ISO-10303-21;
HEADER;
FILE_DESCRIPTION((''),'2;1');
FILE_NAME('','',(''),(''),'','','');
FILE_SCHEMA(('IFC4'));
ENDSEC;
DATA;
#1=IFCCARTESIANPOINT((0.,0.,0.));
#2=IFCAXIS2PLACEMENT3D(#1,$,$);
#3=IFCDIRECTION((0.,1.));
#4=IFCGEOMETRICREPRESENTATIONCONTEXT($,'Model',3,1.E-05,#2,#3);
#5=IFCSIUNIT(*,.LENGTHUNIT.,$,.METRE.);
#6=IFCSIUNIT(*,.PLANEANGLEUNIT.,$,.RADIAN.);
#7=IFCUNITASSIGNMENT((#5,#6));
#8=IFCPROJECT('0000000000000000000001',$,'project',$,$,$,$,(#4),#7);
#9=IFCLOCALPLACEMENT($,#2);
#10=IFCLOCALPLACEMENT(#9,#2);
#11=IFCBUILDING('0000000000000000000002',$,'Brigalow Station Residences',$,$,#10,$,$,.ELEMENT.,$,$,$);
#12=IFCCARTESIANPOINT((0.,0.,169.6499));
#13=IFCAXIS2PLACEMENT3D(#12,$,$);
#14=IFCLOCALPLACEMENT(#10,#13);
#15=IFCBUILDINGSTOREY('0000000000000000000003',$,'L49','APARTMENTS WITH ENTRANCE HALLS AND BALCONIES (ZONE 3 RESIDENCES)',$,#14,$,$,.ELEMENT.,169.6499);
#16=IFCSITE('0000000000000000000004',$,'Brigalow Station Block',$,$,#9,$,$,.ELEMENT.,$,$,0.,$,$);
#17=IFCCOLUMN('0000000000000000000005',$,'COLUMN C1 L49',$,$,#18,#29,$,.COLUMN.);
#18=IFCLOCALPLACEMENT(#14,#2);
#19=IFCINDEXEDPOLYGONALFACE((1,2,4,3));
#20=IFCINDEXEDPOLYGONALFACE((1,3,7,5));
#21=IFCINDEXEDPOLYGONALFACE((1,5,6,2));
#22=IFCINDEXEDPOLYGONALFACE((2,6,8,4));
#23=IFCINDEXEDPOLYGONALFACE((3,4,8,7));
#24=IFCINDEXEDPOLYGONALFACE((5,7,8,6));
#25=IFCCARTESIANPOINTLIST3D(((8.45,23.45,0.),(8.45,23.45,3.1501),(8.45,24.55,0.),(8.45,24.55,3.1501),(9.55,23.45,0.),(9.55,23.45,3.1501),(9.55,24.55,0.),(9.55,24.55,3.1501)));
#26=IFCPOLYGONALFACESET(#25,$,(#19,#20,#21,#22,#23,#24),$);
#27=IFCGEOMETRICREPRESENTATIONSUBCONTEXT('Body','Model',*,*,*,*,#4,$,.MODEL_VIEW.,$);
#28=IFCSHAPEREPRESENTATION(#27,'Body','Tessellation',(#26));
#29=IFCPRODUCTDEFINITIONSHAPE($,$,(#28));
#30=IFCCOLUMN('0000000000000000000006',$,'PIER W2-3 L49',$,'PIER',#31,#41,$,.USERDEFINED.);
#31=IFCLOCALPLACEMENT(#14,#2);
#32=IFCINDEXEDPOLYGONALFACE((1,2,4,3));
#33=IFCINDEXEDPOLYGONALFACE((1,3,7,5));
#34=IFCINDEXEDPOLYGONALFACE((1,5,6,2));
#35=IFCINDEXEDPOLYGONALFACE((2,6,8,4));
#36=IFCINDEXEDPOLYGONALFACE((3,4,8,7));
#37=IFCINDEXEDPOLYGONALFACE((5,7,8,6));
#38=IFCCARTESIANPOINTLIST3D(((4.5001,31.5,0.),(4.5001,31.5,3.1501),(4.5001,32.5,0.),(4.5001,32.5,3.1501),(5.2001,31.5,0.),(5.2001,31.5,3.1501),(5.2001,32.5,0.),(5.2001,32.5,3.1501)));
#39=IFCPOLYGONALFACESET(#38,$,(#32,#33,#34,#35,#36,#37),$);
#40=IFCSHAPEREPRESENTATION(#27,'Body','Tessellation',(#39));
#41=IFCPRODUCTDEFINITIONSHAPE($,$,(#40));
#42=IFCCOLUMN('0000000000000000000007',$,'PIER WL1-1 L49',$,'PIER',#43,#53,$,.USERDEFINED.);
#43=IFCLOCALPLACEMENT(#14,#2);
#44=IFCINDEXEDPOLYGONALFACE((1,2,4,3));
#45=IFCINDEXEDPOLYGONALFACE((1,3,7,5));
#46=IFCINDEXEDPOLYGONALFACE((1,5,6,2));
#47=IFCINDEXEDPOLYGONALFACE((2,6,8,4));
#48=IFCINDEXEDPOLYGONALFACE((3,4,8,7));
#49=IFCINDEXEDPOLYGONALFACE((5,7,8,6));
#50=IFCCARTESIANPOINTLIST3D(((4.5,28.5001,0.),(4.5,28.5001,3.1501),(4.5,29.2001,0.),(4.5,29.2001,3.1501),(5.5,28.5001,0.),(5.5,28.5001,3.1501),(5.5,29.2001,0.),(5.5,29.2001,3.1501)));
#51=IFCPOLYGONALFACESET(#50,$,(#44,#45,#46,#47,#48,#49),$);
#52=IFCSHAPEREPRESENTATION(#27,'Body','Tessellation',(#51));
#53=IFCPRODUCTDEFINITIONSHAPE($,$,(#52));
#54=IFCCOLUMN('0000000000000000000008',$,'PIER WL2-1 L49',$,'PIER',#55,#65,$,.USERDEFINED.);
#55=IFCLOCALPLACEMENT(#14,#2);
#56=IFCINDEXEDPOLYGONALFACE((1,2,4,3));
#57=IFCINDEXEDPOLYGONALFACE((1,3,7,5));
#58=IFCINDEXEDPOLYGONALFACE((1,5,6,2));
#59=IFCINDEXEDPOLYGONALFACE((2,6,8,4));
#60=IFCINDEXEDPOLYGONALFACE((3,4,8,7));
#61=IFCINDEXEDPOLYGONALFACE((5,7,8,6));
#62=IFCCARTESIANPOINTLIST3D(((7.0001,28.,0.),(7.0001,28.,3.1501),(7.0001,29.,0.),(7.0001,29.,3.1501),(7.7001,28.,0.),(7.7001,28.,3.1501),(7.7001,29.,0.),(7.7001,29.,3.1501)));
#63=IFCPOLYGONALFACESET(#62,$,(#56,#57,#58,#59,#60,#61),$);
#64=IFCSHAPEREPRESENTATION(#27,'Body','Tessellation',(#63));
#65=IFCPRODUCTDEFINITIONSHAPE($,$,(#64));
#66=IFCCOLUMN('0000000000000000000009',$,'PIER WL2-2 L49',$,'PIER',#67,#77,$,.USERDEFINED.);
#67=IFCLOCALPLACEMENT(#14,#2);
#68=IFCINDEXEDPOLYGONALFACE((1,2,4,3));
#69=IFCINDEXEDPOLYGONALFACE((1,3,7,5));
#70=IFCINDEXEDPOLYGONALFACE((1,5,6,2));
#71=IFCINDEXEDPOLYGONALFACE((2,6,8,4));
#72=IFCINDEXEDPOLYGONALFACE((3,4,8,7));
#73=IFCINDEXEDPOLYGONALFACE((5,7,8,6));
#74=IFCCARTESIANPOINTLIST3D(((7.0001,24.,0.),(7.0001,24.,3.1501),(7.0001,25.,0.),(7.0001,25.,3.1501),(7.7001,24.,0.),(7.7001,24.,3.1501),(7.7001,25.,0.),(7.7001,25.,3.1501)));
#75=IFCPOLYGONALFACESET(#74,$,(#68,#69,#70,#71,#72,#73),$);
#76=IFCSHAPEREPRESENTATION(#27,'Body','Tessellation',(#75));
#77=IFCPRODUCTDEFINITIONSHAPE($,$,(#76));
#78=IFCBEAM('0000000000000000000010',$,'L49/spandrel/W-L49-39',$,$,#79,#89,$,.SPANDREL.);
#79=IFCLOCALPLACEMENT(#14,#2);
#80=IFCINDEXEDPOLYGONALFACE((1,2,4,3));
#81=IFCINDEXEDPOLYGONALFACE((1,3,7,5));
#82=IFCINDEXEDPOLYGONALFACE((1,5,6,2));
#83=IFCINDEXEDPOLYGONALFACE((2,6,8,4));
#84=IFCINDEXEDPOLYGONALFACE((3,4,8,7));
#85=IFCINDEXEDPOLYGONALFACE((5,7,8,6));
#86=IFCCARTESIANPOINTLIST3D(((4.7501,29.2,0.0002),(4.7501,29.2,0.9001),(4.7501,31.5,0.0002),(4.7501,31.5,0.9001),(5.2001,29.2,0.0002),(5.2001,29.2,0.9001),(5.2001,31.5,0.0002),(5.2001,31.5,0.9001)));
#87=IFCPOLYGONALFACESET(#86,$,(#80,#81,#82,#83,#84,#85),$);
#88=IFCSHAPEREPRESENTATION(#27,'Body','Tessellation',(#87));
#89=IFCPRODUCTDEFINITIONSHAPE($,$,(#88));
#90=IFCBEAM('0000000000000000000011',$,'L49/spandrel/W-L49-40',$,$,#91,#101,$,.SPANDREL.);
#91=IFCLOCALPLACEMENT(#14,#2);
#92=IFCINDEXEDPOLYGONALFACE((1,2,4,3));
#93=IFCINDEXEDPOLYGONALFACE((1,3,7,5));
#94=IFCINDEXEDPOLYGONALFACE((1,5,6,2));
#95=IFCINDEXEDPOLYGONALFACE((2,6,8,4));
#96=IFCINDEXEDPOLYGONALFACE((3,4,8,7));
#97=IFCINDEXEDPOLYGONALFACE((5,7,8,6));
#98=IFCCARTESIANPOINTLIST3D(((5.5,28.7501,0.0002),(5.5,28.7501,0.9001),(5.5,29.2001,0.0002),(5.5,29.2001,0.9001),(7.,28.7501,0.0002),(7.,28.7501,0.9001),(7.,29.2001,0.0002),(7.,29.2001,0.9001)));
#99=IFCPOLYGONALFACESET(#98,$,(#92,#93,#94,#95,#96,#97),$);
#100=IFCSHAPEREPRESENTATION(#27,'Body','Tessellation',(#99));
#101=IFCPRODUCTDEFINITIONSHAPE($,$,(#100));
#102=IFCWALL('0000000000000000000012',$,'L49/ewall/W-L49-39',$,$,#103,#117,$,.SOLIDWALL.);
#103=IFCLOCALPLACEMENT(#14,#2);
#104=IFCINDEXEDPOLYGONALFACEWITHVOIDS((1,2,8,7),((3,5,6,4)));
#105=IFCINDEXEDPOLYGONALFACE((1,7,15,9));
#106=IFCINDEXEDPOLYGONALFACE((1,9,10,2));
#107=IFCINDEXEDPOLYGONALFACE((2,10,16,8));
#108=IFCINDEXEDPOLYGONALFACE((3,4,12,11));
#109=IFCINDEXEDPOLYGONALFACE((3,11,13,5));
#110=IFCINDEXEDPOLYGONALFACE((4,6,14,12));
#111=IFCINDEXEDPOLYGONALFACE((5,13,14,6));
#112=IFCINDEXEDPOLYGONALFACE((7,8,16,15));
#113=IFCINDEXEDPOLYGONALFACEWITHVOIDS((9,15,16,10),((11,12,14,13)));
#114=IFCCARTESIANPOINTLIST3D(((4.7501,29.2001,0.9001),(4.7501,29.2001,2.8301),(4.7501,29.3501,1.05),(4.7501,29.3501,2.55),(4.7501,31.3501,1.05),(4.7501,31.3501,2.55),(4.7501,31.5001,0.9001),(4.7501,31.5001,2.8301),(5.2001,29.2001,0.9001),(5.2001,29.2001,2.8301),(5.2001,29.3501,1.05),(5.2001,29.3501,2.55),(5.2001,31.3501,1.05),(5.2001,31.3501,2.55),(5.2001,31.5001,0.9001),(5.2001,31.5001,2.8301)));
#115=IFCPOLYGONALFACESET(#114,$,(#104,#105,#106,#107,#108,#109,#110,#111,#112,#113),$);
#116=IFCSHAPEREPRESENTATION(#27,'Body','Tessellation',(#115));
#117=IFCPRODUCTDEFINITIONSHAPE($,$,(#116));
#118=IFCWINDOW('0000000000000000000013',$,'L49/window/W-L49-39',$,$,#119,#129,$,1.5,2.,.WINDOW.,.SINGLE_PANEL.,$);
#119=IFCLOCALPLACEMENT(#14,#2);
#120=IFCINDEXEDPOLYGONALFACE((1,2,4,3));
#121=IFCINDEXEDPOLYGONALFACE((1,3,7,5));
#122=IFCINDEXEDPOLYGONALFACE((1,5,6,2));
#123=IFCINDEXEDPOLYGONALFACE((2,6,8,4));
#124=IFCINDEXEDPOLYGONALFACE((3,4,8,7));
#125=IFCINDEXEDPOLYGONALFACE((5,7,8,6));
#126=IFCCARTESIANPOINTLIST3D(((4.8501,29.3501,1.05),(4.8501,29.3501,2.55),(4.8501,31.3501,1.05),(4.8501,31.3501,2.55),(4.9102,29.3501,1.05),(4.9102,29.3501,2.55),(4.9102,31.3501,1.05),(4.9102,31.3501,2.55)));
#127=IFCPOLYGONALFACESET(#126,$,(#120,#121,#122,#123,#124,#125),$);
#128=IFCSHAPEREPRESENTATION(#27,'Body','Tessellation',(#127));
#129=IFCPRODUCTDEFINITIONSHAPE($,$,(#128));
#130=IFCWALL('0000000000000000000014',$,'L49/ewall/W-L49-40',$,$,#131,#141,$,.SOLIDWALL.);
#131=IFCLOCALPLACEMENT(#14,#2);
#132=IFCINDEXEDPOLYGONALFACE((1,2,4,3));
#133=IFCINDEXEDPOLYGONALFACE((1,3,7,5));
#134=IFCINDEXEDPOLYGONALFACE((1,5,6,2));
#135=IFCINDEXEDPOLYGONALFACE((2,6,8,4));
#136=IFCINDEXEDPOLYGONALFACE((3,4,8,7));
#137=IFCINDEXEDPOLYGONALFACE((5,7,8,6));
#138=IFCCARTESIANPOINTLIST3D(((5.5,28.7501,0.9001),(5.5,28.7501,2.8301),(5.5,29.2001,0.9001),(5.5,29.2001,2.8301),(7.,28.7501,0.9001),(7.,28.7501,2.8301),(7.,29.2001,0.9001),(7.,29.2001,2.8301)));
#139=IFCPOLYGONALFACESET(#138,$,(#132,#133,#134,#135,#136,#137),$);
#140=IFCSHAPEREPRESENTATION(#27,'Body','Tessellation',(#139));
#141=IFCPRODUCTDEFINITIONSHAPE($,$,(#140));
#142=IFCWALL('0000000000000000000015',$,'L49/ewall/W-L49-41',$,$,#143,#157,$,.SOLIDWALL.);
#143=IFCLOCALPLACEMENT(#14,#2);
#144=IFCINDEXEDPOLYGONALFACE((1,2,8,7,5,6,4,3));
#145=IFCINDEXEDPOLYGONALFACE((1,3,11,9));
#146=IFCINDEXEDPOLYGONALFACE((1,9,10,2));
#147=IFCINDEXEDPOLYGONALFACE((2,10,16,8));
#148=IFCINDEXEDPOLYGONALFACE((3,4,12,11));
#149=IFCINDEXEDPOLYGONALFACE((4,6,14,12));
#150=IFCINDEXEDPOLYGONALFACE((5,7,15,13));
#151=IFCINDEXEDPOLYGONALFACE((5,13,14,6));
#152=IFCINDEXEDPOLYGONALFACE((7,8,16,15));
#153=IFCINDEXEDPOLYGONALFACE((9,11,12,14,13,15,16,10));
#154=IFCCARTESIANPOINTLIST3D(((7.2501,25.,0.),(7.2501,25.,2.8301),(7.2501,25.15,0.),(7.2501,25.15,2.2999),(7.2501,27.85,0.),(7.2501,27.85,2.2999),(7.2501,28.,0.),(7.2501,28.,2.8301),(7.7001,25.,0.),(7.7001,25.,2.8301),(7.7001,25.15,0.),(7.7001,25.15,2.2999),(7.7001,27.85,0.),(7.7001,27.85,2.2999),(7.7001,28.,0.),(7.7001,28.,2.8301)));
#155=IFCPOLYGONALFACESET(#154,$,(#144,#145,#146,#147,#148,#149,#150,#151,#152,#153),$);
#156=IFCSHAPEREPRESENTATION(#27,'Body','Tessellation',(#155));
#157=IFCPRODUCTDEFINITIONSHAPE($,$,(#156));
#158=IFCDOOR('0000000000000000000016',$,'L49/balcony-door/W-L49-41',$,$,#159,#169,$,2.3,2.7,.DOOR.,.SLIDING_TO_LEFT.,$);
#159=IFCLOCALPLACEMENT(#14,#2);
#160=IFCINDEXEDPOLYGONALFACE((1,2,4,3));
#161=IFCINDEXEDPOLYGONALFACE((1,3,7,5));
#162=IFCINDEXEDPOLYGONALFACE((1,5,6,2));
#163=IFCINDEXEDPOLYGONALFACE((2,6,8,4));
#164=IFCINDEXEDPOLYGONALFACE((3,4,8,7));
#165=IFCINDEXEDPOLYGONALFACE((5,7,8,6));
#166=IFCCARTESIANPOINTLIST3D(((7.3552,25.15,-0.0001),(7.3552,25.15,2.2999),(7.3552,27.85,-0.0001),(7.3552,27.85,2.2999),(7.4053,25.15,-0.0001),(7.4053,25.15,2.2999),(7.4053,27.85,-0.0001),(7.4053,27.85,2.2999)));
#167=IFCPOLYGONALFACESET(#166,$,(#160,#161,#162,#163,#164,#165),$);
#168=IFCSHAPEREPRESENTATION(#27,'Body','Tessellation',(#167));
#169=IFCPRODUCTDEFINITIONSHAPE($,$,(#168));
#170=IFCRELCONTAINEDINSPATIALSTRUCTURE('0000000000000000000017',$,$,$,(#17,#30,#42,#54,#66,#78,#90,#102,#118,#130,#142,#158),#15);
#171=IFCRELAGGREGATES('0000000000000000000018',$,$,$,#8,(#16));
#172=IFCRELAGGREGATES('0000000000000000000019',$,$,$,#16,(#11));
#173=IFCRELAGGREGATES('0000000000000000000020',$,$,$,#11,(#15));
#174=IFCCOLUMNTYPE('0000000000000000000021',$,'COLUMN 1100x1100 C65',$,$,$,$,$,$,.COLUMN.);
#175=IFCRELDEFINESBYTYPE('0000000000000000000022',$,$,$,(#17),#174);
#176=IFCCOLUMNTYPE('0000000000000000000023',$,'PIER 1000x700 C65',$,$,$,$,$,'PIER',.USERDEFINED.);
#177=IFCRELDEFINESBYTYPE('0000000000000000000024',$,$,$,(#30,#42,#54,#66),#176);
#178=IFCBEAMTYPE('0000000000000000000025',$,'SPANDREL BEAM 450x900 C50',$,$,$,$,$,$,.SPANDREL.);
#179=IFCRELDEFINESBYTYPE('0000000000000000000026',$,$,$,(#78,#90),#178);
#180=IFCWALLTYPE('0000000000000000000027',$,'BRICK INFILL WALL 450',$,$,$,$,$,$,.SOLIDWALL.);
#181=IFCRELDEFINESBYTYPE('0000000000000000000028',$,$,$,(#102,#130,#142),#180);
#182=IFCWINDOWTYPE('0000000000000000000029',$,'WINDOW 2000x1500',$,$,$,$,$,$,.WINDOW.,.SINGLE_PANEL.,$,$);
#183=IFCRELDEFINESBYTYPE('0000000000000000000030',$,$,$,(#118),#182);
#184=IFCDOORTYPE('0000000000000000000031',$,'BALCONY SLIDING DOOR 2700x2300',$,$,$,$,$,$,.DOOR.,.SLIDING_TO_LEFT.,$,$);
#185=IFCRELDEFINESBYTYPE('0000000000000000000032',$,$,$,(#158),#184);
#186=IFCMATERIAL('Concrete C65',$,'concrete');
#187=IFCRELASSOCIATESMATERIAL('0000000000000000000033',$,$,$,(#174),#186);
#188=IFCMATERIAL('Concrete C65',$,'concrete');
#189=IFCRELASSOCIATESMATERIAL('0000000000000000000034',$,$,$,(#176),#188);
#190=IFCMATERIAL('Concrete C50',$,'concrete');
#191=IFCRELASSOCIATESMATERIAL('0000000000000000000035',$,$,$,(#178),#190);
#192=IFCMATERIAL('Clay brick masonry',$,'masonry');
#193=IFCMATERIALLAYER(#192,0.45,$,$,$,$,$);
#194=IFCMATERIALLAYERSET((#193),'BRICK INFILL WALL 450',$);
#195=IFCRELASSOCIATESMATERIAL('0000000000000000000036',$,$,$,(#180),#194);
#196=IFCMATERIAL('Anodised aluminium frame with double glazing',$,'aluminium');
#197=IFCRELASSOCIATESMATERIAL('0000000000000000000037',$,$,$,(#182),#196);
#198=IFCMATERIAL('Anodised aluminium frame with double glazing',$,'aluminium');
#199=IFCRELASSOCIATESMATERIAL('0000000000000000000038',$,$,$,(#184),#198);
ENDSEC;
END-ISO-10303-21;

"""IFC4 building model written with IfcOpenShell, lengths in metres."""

from ifc_helpers import new_model, si_unit, direction, frame, frame_2d, origin, origin_2d, place, context, subcontext, project, spatial, rectangle, extrude, material, layer, layer_set, material_profile, profile_set, type_object, element, fill, save


model = new_model("IFC4")

# Units and contexts
model_context = context("Model", 3, precision=1e-05, world=origin(), true_north=direction((0.0, 1.0)))
body_context = subcontext(model_context, "Body", "Model", "MODEL_VIEW")
ifc_project = project(units=[si_unit("LENGTHUNIT", "METRE"), si_unit("PLANEANGLEUNIT", "RADIAN")], contexts=[model_context])

# Site, building, storey
site_placement = place(None, origin())
site = spatial("IfcSite", under=ifc_project, at=site_placement, Name="Brigalow Station Block", CompositionType="ELEMENT", RefElevation=0.0)
building_placement = place(site_placement, origin())
building = spatial("IfcBuilding", under=site, at=building_placement, Name="Brigalow Station Residences", CompositionType="ELEMENT")
storey_placement = place(building_placement, frame((0.0, 0.0, 169.6499)))
storey = spatial("IfcBuildingStorey", under=building, at=storey_placement, Name="L49", Description="APARTMENTS WITH ENTRANCE HALLS AND BALCONIES (ZONE 3 RESIDENCES)", CompositionType="ELEMENT", Elevation=169.6499)

# Columns
ifc_material_1 = material(Name="Concrete C65", Category="concrete")
ifc_material_profile_1 = material_profile(ifc_material_1, rectangle(XDim=1.1001, YDim=1.1001, at=origin_2d()), Name="RC1100x1100")
ifc_profile_set_1 = profile_set([ifc_material_profile_1], Name="Concrete C65")
column_type_1 = type_object("IfcColumnType", Name="COLUMN 1100x1100 C65", PredefinedType="COLUMN", material=ifc_profile_set_1)
column_placement = place(storey_placement, frame((9.0, 24.0, 0.0), z_axis=(0.0, 0.0, 1.0), x_axis=(1.0, 0.0, 0.0)))
element("IfcColumn", 1, at=column_placement, inside=storey, type_object=column_type_1, Name="COLUMN C1 L49", PredefinedType="COLUMN", context=body_context, shape_type="SweptSolid", body=[
    extrude(rectangle(XDim=1.1001, YDim=1.1001, at=origin_2d()), origin(), (0.0, 0.0, 1.0), 3.1501),
])
ifc_material_2 = material(Name="Concrete C65", Category="concrete")
ifc_material_profile_2 = material_profile(ifc_material_2, rectangle(XDim=1.0, YDim=0.7, at=origin_2d()), Name="RC1000x700")
ifc_profile_set_2 = profile_set([ifc_material_profile_2], Name="Concrete C65")
column_type_2 = type_object("IfcColumnType", Name="PIER 1000x700 C65", ElementType="PIER", PredefinedType="USERDEFINED", material=ifc_profile_set_2)
for number, where, z_axis, x_axis, name in (
    (2, (4.8501, 32.0, 0.0), (0.0, 0.0, 1.0), (0.0, -1.0, 0.0), "PIER W2-3 L49"),
    (3, (5.0, 28.8501, 0.0), (0.0, 0.0, 1.0), (1.0, 0.0, 0.0), "PIER WL1-1 L49"),
    (4, (7.3501, 28.5, 0.0), (0.0, 0.0, 1.0), (0.0, -1.0, 0.0), "PIER WL2-1 L49"),
    (5, (7.3501, 24.5, 0.0), (0.0, 0.0, 1.0), (0.0, -1.0, 0.0), "PIER WL2-2 L49"),
):
    element("IfcColumn", number, at=place(storey_placement, frame(where, z_axis=z_axis, x_axis=x_axis)), inside=storey, type_object=column_type_2, Name=name, ObjectType="PIER", PredefinedType="USERDEFINED", context=body_context, shape_type="SweptSolid", body=[
        extrude(rectangle(XDim=1.0, YDim=0.7, at=origin_2d()), origin(), (0.0, 0.0, 1.0), 3.1501),
    ])

# Beams
ifc_material_3 = material(Name="Concrete C50", Category="concrete")
ifc_material_profile_3 = material_profile(ifc_material_3, rectangle(XDim=0.45, YDim=0.8999, at=origin_2d()), Name="RC450x900")
ifc_profile_set_3 = profile_set([ifc_material_profile_3], Name="Concrete C50")
beam_type = type_object("IfcBeamType", Name="SPANDREL BEAM 450x900 C50", PredefinedType="SPANDREL", material=ifc_profile_set_3)
beam_1_placement = place(storey_placement, frame((4.9751, 31.5, 0.4502), z_axis=(0.0, -1.0, 0.0), x_axis=(1.0, 0.0, 0.0)))
element("IfcBeam", 6, at=beam_1_placement, inside=storey, type_object=beam_type, Name="L49/spandrel/W-L49-39", PredefinedType="SPANDREL", context=body_context, shape_type="SweptSolid", body=[
    extrude(rectangle(XDim=0.45, YDim=0.8999, at=origin_2d()), origin(), (0.0, 0.0, 1.0), 2.3),
])
beam_2_placement = place(storey_placement, frame((5.5, 28.9751, 0.4502), z_axis=(1.0, 0.0, 0.0), x_axis=(0.0, 1.0, 0.0)))
element("IfcBeam", 7, at=beam_2_placement, inside=storey, type_object=beam_type, Name="L49/spandrel/W-L49-40", PredefinedType="SPANDREL", context=body_context, shape_type="SweptSolid", body=[
    extrude(rectangle(XDim=0.45, YDim=0.8999, at=origin_2d()), origin(), (0.0, 0.0, 1.0), 1.5),
])

# Wall, opening, window
ifc_material_4 = material(Name="Clay brick masonry", Category="masonry")
ifc_layer_1 = layer(ifc_material_4, 0.45)
ifc_layer_set_1 = layer_set([ifc_layer_1], Name="BRICK INFILL WALL 450")
wall_type_1 = type_object("IfcWallType", Name="BRICK INFILL WALL 450", PredefinedType="SOLIDWALL", material=ifc_layer_set_1)
wall_1_placement = place(storey_placement, frame((4.9751, 31.5, 0.9001), z_axis=(0.0, 0.0, 1.0), x_axis=(0.0, -1.0, 0.0)))
wall_1 = element("IfcWall", 8, at=wall_1_placement, inside=storey, type_object=wall_type_1, Name="L49/ewall/W-L49-39", PredefinedType="SOLIDWALL", context=body_context, shape_type="SweptSolid", body=[
    extrude(rectangle(XDim=2.3, YDim=0.45, at=frame_2d((1.1499, 0.0))), origin(), (0.0, 0.0, 1.0), 1.9299),
])
opening_1_placement = place(wall_1_placement, frame((0.1499, 0.0, 0.1499)))
opening_1 = element("IfcOpeningElement", 9, at=opening_1_placement, cuts=wall_1, PredefinedType="OPENING", context=body_context, shape_type="SweptSolid", body=[
    extrude(rectangle(XDim=2.0, YDim=1.5, at=frame_2d((1.0, 0.75))), frame((0.0, 0.2349, 0.0), z_axis=(0.0, -1.0, 0.0), x_axis=(1.0, 0.0, 0.0)), (0.0, 0.0, 1.0), 0.47),
])
ifc_material_5 = material(Name="Anodised aluminium frame with double glazing", Category="aluminium")
window_type = type_object("IfcWindowType", Name="WINDOW 2000x1500", PartitioningType="SINGLE_PANEL", PredefinedType="WINDOW", material=ifc_material_5)
window_placement = place(opening_1_placement, origin())
window = element("IfcWindow", 10, at=window_placement, inside=storey, type_object=window_type, Name="L49/window/W-L49-39", OverallHeight=1.5, OverallWidth=2.0, PartitioningType="SINGLE_PANEL", PredefinedType="WINDOW", context=body_context, shape_type="SweptSolid", body=[
    extrude(rectangle(XDim=2.0, YDim=1.5, at=frame_2d((1.0, 0.75))), frame((0.0, -0.0649, 0.0), z_axis=(0.0, -1.0, 0.0), x_axis=(1.0, 0.0, 0.0)), (0.0, 0.0, 1.0), 0.0601),
])
fill(opening_1, window)

# Wall
wall_2_placement = place(storey_placement, frame((5.5, 28.9751, 0.9001), z_axis=(0.0, 0.0, 1.0), x_axis=(1.0, 0.0, 0.0)))
element("IfcWall", 11, at=wall_2_placement, inside=storey, type_object=wall_type_1, Name="L49/ewall/W-L49-40", PredefinedType="SOLIDWALL", context=body_context, shape_type="SweptSolid", body=[
    extrude(rectangle(XDim=1.5, YDim=0.45, at=frame_2d((0.75, 0.0))), origin(), (0.0, 0.0, 1.0), 1.9299),
])

# Wall, opening, door
wall_3_placement = place(storey_placement, frame((7.4751, 28.0, 0.0), z_axis=(0.0, 0.0, 1.0), x_axis=(0.0, -1.0, 0.0)))
wall_3 = element("IfcWall", 12, at=wall_3_placement, inside=storey, type_object=wall_type_1, Name="L49/ewall/W-L49-41", PredefinedType="SOLIDWALL", context=body_context, shape_type="SweptSolid", body=[
    extrude(rectangle(XDim=3.0, YDim=0.45, at=frame_2d((1.5, 0.0))), origin(), (0.0, 0.0, 1.0), 2.8301),
])
opening_2_placement = place(wall_3_placement, frame((0.1499, 0.0, 0.0)))
opening_2 = element("IfcOpeningElement", 13, at=opening_2_placement, cuts=wall_3, PredefinedType="OPENING", context=body_context, shape_type="SweptSolid", body=[
    extrude(rectangle(XDim=2.7, YDim=2.3, at=frame_2d((1.3501, 1.1499))), frame((0.0, 0.2349, 0.0), z_axis=(0.0, -1.0, 0.0), x_axis=(1.0, 0.0, 0.0)), (0.0, 0.0, 1.0), 0.47),
])
ifc_material_6 = material(Name="Anodised aluminium frame with double glazing", Category="aluminium")
door_type_1 = type_object("IfcDoorType", Name="BALCONY SLIDING DOOR 2700x2300", OperationType="SLIDING_TO_LEFT", PredefinedType="DOOR", material=ifc_material_6)
door_1_placement = place(opening_2_placement, origin())
door_1 = element("IfcDoor", 14, at=door_1_placement, inside=storey, type_object=door_type_1, Name="L49/balcony-door/W-L49-41", OperationType="SLIDING_TO_LEFT", OverallHeight=2.3, OverallWidth=2.7, PredefinedType="DOOR", context=body_context, shape_type="SweptSolid", body=[
    extrude(rectangle(XDim=2.7, YDim=2.3, at=frame_2d((1.3501, 1.1499))), frame((0.0, -0.0698, 0.0), z_axis=(0.0, -1.0, 0.0), x_axis=(1.0, 0.0, 0.0)), (0.0, 0.0, 1.0), 0.05),
])
fill(opening_2, door_1)

save(model, "model.ifc")
